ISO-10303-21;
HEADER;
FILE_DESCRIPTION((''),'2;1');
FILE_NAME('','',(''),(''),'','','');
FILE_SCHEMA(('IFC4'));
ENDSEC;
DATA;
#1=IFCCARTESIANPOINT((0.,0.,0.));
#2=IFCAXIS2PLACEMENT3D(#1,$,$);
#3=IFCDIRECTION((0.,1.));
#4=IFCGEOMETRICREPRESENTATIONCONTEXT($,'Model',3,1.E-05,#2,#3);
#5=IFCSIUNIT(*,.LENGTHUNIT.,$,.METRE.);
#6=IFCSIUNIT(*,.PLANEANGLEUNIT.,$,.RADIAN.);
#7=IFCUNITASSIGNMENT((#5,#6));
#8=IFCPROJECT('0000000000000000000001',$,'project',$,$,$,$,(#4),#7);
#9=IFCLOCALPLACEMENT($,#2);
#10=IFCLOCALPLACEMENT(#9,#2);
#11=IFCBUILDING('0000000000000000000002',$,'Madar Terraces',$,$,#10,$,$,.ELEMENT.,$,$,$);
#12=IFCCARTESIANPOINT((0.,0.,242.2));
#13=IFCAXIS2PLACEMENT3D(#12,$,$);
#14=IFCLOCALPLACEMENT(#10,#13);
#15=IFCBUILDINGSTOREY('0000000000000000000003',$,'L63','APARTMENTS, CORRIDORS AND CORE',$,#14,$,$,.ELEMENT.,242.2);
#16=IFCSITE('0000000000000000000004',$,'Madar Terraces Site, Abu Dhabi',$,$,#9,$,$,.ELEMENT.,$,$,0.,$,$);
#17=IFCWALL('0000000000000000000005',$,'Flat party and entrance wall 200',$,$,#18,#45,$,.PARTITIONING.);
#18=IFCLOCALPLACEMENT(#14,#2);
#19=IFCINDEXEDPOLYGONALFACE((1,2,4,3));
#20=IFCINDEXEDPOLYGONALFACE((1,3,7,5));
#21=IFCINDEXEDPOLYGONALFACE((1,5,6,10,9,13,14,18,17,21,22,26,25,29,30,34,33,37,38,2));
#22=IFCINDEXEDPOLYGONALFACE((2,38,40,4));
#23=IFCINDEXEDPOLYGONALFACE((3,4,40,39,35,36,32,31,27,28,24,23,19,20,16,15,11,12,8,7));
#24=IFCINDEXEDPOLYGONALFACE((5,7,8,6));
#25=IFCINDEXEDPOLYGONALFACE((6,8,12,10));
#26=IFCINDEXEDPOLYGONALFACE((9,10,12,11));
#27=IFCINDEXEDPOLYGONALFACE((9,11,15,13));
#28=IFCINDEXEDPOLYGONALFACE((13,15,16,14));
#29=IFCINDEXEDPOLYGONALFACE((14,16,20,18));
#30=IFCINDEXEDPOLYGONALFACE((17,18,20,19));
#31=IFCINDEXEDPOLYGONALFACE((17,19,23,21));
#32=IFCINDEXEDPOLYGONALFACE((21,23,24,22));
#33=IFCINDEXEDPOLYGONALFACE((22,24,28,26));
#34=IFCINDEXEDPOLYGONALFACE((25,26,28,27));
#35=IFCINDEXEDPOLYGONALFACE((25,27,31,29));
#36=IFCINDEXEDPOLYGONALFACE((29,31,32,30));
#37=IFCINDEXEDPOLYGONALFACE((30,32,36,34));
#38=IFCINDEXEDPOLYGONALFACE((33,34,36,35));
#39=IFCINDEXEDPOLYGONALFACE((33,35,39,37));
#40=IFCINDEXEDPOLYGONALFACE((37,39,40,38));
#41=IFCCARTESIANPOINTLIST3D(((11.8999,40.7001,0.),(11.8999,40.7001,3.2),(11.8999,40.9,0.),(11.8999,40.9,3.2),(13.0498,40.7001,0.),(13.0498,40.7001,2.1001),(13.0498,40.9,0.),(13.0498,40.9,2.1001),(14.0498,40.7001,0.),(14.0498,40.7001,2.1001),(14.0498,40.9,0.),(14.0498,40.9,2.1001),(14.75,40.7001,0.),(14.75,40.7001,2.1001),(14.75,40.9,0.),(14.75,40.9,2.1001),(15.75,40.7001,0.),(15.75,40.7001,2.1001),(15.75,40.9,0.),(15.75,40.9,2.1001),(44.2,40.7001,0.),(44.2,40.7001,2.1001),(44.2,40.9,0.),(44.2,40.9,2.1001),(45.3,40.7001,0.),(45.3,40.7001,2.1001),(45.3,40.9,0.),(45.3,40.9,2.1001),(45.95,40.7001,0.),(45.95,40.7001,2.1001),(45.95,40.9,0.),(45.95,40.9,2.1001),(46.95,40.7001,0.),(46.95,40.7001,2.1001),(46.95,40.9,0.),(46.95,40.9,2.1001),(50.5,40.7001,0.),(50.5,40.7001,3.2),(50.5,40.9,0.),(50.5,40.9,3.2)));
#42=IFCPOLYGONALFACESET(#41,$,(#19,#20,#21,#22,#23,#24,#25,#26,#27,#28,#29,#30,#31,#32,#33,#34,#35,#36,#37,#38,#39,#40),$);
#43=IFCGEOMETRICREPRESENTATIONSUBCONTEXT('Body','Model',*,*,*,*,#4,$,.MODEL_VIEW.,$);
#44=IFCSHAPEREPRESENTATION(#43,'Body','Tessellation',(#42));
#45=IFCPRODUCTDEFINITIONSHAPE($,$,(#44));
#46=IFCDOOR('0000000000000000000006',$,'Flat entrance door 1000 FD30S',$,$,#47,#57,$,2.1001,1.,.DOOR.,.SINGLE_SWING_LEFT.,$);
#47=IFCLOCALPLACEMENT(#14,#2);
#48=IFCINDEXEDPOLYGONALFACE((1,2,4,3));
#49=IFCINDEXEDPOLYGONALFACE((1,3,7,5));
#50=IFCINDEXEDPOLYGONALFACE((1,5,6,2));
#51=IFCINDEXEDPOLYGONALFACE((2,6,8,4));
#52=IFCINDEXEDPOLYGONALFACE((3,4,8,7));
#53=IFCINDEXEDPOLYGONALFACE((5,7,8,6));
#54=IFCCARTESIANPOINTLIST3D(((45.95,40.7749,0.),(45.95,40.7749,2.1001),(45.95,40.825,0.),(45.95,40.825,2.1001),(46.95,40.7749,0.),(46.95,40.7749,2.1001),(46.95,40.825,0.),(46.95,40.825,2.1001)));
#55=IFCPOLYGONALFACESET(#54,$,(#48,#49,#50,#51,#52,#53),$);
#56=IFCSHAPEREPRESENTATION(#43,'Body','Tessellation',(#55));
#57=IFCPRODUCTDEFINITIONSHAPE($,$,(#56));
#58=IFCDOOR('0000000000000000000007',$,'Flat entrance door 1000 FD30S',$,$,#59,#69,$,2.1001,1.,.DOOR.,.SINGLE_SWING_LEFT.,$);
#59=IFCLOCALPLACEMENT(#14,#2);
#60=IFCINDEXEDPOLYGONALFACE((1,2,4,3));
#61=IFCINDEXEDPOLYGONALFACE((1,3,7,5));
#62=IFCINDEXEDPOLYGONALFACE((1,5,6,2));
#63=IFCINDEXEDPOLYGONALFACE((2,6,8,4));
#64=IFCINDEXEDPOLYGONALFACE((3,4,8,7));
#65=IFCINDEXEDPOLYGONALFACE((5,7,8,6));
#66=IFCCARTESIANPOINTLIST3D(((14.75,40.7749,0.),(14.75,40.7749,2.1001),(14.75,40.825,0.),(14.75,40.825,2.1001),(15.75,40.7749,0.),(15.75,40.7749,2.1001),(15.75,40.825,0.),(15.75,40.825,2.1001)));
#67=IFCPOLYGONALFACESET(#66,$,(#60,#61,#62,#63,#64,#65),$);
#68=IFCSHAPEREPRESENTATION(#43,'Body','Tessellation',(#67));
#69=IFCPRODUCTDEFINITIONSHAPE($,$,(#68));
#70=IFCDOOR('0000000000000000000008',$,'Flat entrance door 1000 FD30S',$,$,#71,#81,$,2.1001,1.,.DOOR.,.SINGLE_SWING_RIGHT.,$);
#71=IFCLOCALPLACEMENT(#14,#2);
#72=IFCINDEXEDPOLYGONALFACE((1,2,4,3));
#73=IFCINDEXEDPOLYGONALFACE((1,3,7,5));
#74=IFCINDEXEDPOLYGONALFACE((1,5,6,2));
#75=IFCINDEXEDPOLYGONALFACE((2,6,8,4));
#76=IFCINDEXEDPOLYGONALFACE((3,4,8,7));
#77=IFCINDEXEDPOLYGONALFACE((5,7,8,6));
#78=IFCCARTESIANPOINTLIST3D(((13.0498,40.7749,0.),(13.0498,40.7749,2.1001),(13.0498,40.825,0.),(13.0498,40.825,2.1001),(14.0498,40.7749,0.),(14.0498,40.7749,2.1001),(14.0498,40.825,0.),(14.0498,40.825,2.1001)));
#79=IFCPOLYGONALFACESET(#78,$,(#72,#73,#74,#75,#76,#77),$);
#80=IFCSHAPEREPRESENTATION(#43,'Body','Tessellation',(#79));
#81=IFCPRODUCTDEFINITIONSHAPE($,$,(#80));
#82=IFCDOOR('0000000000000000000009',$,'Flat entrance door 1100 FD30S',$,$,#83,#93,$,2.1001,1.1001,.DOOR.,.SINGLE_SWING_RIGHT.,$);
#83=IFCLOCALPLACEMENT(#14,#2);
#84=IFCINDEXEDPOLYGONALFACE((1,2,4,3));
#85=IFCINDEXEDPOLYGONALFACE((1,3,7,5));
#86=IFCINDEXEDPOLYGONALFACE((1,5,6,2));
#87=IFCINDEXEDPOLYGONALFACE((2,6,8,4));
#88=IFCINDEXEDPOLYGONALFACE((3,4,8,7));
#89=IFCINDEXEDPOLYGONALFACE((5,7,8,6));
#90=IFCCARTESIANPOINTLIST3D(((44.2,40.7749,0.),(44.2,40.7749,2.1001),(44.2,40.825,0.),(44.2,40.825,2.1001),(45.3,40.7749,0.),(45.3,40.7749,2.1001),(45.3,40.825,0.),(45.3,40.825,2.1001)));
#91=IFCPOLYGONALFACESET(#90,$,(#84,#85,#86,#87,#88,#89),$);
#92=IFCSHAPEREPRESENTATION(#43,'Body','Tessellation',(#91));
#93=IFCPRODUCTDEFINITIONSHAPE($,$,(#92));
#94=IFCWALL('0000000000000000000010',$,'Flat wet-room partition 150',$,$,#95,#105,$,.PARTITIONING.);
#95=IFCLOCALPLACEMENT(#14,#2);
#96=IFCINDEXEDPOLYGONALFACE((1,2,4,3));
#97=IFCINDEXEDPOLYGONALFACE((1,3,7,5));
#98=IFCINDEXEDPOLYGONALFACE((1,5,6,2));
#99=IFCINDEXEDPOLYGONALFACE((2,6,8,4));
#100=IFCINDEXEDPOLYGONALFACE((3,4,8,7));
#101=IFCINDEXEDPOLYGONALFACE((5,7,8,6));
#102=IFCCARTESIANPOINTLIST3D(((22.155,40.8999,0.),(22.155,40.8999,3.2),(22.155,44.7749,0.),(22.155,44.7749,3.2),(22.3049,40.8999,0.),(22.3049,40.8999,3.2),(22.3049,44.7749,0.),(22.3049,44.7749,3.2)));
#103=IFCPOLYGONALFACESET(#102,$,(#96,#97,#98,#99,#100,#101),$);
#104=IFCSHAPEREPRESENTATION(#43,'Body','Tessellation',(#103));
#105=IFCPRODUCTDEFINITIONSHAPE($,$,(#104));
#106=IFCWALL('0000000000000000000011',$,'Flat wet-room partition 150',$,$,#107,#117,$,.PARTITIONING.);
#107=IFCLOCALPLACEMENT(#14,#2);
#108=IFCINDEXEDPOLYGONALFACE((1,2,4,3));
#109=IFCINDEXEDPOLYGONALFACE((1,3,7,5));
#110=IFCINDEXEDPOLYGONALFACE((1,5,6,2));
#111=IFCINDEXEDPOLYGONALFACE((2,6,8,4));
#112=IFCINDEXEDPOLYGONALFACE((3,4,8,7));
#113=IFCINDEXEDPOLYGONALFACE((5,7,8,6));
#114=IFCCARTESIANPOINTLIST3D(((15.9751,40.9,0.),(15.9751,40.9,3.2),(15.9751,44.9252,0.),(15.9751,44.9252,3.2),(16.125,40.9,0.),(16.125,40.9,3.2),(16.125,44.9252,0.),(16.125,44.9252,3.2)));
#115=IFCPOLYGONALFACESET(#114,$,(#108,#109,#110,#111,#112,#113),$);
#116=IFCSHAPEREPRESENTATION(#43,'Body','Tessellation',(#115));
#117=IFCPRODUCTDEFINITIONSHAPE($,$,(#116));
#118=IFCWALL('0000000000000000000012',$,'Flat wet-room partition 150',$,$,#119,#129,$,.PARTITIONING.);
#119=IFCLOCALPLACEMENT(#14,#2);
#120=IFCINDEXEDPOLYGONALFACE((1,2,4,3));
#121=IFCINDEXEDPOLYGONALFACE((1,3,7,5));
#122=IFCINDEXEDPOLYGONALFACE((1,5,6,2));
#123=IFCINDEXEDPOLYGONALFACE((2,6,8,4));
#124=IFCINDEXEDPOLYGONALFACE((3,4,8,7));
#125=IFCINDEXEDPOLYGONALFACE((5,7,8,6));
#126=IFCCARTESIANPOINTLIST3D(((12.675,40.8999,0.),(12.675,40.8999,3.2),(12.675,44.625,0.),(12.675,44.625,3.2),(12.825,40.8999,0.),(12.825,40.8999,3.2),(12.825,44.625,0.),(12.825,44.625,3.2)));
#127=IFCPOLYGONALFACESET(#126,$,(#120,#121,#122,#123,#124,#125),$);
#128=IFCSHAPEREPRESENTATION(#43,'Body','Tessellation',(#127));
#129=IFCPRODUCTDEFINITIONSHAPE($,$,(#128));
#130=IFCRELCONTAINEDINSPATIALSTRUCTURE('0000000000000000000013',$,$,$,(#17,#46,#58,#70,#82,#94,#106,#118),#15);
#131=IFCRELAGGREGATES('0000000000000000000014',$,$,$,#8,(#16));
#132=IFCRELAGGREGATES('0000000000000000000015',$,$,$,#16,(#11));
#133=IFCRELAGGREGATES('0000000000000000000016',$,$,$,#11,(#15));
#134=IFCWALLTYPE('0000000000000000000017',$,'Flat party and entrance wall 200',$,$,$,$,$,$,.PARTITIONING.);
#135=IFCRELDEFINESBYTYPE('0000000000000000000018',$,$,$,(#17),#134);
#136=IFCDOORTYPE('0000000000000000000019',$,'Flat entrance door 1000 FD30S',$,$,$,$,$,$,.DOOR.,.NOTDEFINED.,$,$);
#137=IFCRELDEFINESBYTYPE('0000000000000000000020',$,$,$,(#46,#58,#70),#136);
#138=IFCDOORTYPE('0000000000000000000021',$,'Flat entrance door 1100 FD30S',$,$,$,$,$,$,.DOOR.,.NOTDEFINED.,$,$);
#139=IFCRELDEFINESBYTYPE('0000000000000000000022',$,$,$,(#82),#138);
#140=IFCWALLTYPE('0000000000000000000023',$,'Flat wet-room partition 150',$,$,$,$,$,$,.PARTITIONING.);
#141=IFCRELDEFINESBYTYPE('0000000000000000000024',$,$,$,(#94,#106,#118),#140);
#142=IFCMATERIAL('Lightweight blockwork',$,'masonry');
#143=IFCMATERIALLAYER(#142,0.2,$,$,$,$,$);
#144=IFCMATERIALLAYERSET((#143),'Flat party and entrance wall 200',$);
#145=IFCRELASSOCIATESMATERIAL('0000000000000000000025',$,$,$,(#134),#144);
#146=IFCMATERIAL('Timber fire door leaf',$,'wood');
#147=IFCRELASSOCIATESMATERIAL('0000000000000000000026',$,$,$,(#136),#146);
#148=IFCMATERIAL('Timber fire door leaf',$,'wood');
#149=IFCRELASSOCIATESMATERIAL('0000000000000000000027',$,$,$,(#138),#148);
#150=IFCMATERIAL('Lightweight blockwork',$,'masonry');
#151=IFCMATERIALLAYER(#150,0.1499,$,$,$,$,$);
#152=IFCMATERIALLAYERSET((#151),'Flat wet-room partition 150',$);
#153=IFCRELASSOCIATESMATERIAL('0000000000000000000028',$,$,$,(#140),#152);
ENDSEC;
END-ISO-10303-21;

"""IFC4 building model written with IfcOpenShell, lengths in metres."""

from ifc_helpers import new_model, si_unit, direction, frame, frame_2d, origin, place, context, subcontext, project, spatial, rectangle, extrude, material, layer, layer_set, type_object, element, fill, save


model = new_model("IFC4")

# Units and contexts
model_context = context("Model", 3, precision=1e-05, world=origin(), true_north=direction((0.0, 1.0)))
body_context = subcontext(model_context, "Body", "Model", "MODEL_VIEW")
ifc_project = project(units=[si_unit("LENGTHUNIT", "METRE"), si_unit("PLANEANGLEUNIT", "RADIAN")], contexts=[model_context])

# Site, building, storey
site_placement = place(None, origin())
site = spatial("IfcSite", under=ifc_project, at=site_placement, Name="Madar Terraces Site, Abu Dhabi", CompositionType="ELEMENT", RefElevation=0.0)
building_placement = place(site_placement, origin())
building = spatial("IfcBuilding", under=site, at=building_placement, Name="Madar Terraces", CompositionType="ELEMENT")
storey_placement = place(building_placement, frame((0.0, 0.0, 242.2)))
storey = spatial("IfcBuildingStorey", under=building, at=storey_placement, Name="L63", Description="APARTMENTS, CORRIDORS AND CORE", CompositionType="ELEMENT", Elevation=242.2)

# Wall, openings, doors
ifc_material_1 = material(Name="Lightweight blockwork", Category="masonry")
ifc_layer_1 = layer(ifc_material_1, 0.2)
ifc_layer_set_1 = layer_set([ifc_layer_1], Name="Flat party and entrance wall 200")
wall_type_1 = type_object("IfcWallType", Name="Flat party and entrance wall 200", PredefinedType="PARTITIONING", material=ifc_layer_set_1)
wall_1_placement = place(storey_placement, frame((11.8999, 40.8, 0.0), z_axis=(0.0, 0.0, 1.0), x_axis=(1.0, 0.0, 0.0)))
wall_1 = element("IfcWall", 1, at=wall_1_placement, inside=storey, type_object=wall_type_1, Name="Flat party and entrance wall 200", PredefinedType="PARTITIONING", context=body_context, shape_type="SweptSolid", body=[
    extrude(rectangle(XDim=38.6001, YDim=0.2, at=frame_2d((19.3, 0.0))), origin(), (0.0, 0.0, 1.0), 3.2),
])
opening_1_placement = place(wall_1_placement, frame((34.05, 0.0, 0.0)))
opening_1 = element("IfcOpeningElement", 2, at=opening_1_placement, cuts=wall_1, PredefinedType="OPENING", context=body_context, shape_type="SweptSolid", body=[
    extrude(rectangle(XDim=1.0, YDim=2.1001, at=frame_2d((0.5, 1.05))), frame((0.0, 0.1099, 0.0), z_axis=(0.0, -1.0, 0.0), x_axis=(1.0, 0.0, 0.0)), (0.0, 0.0, 1.0), 0.22),
])
opening_2_placement = place(wall_1_placement, frame((32.3, 0.0, 0.0)))
opening_2 = element("IfcOpeningElement", 3, at=opening_2_placement, cuts=wall_1, PredefinedType="OPENING", context=body_context, shape_type="SweptSolid", body=[
    extrude(rectangle(XDim=1.1001, YDim=2.1001, at=frame_2d((0.55, 1.05))), frame((0.0, 0.1099, 0.0), z_axis=(0.0, -1.0, 0.0), x_axis=(1.0, 0.0, 0.0)), (0.0, 0.0, 1.0), 0.22),
])
opening_3_placement = place(wall_1_placement, frame((2.8501, 0.0, 0.0)))
opening_3 = element("IfcOpeningElement", 4, at=opening_3_placement, cuts=wall_1, PredefinedType="OPENING", context=body_context, shape_type="SweptSolid", body=[
    extrude(rectangle(XDim=1.0, YDim=2.1001, at=frame_2d((0.5, 1.05))), frame((0.0, 0.1099, 0.0), z_axis=(0.0, -1.0, 0.0), x_axis=(1.0, 0.0, 0.0)), (0.0, 0.0, 1.0), 0.22),
])
opening_4_placement = place(wall_1_placement, frame((1.1499, 0.0, 0.0)))
opening_4 = element("IfcOpeningElement", 5, at=opening_4_placement, cuts=wall_1, PredefinedType="OPENING", context=body_context, shape_type="SweptSolid", body=[
    extrude(rectangle(XDim=1.0, YDim=2.1001, at=frame_2d((0.5, 1.05))), frame((0.0, 0.1099, 0.0), z_axis=(0.0, -1.0, 0.0), x_axis=(1.0, 0.0, 0.0)), (0.0, 0.0, 1.0), 0.22),
])
ifc_material_2 = material(Name="Timber fire door leaf", Category="wood")
door_type_1 = type_object("IfcDoorType", Name="Flat entrance door 1000 FD30S", OperationType="NOTDEFINED", PredefinedType="DOOR", material=ifc_material_2)
door_1_placement = place(opening_1_placement, origin())
door_1 = element("IfcDoor", 6, at=door_1_placement, inside=storey, type_object=door_type_1, Name="Flat entrance door 1000 FD30S", OperationType="SINGLE_SWING_LEFT", OverallHeight=2.1001, OverallWidth=1.0, PredefinedType="DOOR", context=body_context, shape_type="SweptSolid", body=[
    extrude(rectangle(XDim=1.0, YDim=2.1001, at=frame_2d((0.5, 1.05))), frame((0.0, 0.0249, 0.0), z_axis=(0.0, -1.0, 0.0), x_axis=(1.0, 0.0, 0.0)), (0.0, 0.0, 1.0), 0.05),
])
fill(opening_1, door_1)
door_2_placement = place(opening_3_placement, origin())
door_2 = element("IfcDoor", 7, at=door_2_placement, inside=storey, type_object=door_type_1, Name="Flat entrance door 1000 FD30S", OperationType="SINGLE_SWING_LEFT", OverallHeight=2.1001, OverallWidth=1.0, PredefinedType="DOOR", context=body_context, shape_type="SweptSolid", body=[
    extrude(rectangle(XDim=1.0, YDim=2.1001, at=frame_2d((0.5, 1.05))), frame((0.0, 0.0249, 0.0), z_axis=(0.0, -1.0, 0.0), x_axis=(1.0, 0.0, 0.0)), (0.0, 0.0, 1.0), 0.05),
])
fill(opening_3, door_2)
door_3_placement = place(opening_4_placement, origin())
door_3 = element("IfcDoor", 8, at=door_3_placement, inside=storey, type_object=door_type_1, Name="Flat entrance door 1000 FD30S", OperationType="SINGLE_SWING_RIGHT", OverallHeight=2.1001, OverallWidth=1.0, PredefinedType="DOOR", context=body_context, shape_type="SweptSolid", body=[
    extrude(rectangle(XDim=1.0, YDim=2.1001, at=frame_2d((0.5, 1.05))), frame((0.0, 0.0249, 0.0), z_axis=(0.0, -1.0, 0.0), x_axis=(1.0, 0.0, 0.0)), (0.0, 0.0, 1.0), 0.05),
])
fill(opening_4, door_3)
ifc_material_3 = material(Name="Timber fire door leaf", Category="wood")
door_type_2 = type_object("IfcDoorType", Name="Flat entrance door 1100 FD30S", OperationType="NOTDEFINED", PredefinedType="DOOR", material=ifc_material_3)
door_4_placement = place(opening_2_placement, origin())
door_4 = element("IfcDoor", 9, at=door_4_placement, inside=storey, type_object=door_type_2, Name="Flat entrance door 1100 FD30S", OperationType="SINGLE_SWING_RIGHT", OverallHeight=2.1001, OverallWidth=1.1001, PredefinedType="DOOR", context=body_context, shape_type="SweptSolid", body=[
    extrude(rectangle(XDim=1.1001, YDim=2.1001, at=frame_2d((0.55, 1.05))), frame((0.0, 0.0249, 0.0), z_axis=(0.0, -1.0, 0.0), x_axis=(1.0, 0.0, 0.0)), (0.0, 0.0, 1.0), 0.05),
])
fill(opening_2, door_4)

# Walls
ifc_material_4 = material(Name="Lightweight blockwork", Category="masonry")
ifc_layer_2 = layer(ifc_material_4, 0.1499)
ifc_layer_set_2 = layer_set([ifc_layer_2], Name="Flat wet-room partition 150")
wall_type_2 = type_object("IfcWallType", Name="Flat wet-room partition 150", PredefinedType="PARTITIONING", material=ifc_layer_set_2)
wall_2_placement = place(storey_placement, frame((22.23, 40.8999, 0.0), z_axis=(0.0, 0.0, 1.0), x_axis=(0.0, 1.0, 0.0)))
element("IfcWall", 10, at=wall_2_placement, inside=storey, type_object=wall_type_2, Name="Flat wet-room partition 150", PredefinedType="PARTITIONING", context=body_context, shape_type="SweptSolid", body=[
    extrude(rectangle(XDim=3.875, YDim=0.1499, at=frame_2d((1.9375, 0.0))), origin(), (0.0, 0.0, 1.0), 3.2),
])
wall_3_placement = place(storey_placement, frame((16.05, 40.8999, 0.0), z_axis=(0.0, 0.0, 1.0), x_axis=(0.0, 1.0, 0.0)))
element("IfcWall", 11, at=wall_3_placement, inside=storey, type_object=wall_type_2, Name="Flat wet-room partition 150", PredefinedType="PARTITIONING", context=body_context, shape_type="SweptSolid", body=[
    extrude(rectangle(XDim=4.0251, YDim=0.1499, at=frame_2d((2.0127, 0.0))), origin(), (0.0, 0.0, 1.0), 3.2),
])
wall_4_placement = place(storey_placement, frame((12.75, 40.8999, 0.0), z_axis=(0.0, 0.0, 1.0), x_axis=(0.0, 1.0, 0.0)))
element("IfcWall", 12, at=wall_4_placement, inside=storey, type_object=wall_type_2, Name="Flat wet-room partition 150", PredefinedType="PARTITIONING", context=body_context, shape_type="SweptSolid", body=[
    extrude(rectangle(XDim=3.7251, YDim=0.1499, at=frame_2d((1.8625, 0.0))), origin(), (0.0, 0.0, 1.0), 3.2),
])

save(model, "model.ifc")
